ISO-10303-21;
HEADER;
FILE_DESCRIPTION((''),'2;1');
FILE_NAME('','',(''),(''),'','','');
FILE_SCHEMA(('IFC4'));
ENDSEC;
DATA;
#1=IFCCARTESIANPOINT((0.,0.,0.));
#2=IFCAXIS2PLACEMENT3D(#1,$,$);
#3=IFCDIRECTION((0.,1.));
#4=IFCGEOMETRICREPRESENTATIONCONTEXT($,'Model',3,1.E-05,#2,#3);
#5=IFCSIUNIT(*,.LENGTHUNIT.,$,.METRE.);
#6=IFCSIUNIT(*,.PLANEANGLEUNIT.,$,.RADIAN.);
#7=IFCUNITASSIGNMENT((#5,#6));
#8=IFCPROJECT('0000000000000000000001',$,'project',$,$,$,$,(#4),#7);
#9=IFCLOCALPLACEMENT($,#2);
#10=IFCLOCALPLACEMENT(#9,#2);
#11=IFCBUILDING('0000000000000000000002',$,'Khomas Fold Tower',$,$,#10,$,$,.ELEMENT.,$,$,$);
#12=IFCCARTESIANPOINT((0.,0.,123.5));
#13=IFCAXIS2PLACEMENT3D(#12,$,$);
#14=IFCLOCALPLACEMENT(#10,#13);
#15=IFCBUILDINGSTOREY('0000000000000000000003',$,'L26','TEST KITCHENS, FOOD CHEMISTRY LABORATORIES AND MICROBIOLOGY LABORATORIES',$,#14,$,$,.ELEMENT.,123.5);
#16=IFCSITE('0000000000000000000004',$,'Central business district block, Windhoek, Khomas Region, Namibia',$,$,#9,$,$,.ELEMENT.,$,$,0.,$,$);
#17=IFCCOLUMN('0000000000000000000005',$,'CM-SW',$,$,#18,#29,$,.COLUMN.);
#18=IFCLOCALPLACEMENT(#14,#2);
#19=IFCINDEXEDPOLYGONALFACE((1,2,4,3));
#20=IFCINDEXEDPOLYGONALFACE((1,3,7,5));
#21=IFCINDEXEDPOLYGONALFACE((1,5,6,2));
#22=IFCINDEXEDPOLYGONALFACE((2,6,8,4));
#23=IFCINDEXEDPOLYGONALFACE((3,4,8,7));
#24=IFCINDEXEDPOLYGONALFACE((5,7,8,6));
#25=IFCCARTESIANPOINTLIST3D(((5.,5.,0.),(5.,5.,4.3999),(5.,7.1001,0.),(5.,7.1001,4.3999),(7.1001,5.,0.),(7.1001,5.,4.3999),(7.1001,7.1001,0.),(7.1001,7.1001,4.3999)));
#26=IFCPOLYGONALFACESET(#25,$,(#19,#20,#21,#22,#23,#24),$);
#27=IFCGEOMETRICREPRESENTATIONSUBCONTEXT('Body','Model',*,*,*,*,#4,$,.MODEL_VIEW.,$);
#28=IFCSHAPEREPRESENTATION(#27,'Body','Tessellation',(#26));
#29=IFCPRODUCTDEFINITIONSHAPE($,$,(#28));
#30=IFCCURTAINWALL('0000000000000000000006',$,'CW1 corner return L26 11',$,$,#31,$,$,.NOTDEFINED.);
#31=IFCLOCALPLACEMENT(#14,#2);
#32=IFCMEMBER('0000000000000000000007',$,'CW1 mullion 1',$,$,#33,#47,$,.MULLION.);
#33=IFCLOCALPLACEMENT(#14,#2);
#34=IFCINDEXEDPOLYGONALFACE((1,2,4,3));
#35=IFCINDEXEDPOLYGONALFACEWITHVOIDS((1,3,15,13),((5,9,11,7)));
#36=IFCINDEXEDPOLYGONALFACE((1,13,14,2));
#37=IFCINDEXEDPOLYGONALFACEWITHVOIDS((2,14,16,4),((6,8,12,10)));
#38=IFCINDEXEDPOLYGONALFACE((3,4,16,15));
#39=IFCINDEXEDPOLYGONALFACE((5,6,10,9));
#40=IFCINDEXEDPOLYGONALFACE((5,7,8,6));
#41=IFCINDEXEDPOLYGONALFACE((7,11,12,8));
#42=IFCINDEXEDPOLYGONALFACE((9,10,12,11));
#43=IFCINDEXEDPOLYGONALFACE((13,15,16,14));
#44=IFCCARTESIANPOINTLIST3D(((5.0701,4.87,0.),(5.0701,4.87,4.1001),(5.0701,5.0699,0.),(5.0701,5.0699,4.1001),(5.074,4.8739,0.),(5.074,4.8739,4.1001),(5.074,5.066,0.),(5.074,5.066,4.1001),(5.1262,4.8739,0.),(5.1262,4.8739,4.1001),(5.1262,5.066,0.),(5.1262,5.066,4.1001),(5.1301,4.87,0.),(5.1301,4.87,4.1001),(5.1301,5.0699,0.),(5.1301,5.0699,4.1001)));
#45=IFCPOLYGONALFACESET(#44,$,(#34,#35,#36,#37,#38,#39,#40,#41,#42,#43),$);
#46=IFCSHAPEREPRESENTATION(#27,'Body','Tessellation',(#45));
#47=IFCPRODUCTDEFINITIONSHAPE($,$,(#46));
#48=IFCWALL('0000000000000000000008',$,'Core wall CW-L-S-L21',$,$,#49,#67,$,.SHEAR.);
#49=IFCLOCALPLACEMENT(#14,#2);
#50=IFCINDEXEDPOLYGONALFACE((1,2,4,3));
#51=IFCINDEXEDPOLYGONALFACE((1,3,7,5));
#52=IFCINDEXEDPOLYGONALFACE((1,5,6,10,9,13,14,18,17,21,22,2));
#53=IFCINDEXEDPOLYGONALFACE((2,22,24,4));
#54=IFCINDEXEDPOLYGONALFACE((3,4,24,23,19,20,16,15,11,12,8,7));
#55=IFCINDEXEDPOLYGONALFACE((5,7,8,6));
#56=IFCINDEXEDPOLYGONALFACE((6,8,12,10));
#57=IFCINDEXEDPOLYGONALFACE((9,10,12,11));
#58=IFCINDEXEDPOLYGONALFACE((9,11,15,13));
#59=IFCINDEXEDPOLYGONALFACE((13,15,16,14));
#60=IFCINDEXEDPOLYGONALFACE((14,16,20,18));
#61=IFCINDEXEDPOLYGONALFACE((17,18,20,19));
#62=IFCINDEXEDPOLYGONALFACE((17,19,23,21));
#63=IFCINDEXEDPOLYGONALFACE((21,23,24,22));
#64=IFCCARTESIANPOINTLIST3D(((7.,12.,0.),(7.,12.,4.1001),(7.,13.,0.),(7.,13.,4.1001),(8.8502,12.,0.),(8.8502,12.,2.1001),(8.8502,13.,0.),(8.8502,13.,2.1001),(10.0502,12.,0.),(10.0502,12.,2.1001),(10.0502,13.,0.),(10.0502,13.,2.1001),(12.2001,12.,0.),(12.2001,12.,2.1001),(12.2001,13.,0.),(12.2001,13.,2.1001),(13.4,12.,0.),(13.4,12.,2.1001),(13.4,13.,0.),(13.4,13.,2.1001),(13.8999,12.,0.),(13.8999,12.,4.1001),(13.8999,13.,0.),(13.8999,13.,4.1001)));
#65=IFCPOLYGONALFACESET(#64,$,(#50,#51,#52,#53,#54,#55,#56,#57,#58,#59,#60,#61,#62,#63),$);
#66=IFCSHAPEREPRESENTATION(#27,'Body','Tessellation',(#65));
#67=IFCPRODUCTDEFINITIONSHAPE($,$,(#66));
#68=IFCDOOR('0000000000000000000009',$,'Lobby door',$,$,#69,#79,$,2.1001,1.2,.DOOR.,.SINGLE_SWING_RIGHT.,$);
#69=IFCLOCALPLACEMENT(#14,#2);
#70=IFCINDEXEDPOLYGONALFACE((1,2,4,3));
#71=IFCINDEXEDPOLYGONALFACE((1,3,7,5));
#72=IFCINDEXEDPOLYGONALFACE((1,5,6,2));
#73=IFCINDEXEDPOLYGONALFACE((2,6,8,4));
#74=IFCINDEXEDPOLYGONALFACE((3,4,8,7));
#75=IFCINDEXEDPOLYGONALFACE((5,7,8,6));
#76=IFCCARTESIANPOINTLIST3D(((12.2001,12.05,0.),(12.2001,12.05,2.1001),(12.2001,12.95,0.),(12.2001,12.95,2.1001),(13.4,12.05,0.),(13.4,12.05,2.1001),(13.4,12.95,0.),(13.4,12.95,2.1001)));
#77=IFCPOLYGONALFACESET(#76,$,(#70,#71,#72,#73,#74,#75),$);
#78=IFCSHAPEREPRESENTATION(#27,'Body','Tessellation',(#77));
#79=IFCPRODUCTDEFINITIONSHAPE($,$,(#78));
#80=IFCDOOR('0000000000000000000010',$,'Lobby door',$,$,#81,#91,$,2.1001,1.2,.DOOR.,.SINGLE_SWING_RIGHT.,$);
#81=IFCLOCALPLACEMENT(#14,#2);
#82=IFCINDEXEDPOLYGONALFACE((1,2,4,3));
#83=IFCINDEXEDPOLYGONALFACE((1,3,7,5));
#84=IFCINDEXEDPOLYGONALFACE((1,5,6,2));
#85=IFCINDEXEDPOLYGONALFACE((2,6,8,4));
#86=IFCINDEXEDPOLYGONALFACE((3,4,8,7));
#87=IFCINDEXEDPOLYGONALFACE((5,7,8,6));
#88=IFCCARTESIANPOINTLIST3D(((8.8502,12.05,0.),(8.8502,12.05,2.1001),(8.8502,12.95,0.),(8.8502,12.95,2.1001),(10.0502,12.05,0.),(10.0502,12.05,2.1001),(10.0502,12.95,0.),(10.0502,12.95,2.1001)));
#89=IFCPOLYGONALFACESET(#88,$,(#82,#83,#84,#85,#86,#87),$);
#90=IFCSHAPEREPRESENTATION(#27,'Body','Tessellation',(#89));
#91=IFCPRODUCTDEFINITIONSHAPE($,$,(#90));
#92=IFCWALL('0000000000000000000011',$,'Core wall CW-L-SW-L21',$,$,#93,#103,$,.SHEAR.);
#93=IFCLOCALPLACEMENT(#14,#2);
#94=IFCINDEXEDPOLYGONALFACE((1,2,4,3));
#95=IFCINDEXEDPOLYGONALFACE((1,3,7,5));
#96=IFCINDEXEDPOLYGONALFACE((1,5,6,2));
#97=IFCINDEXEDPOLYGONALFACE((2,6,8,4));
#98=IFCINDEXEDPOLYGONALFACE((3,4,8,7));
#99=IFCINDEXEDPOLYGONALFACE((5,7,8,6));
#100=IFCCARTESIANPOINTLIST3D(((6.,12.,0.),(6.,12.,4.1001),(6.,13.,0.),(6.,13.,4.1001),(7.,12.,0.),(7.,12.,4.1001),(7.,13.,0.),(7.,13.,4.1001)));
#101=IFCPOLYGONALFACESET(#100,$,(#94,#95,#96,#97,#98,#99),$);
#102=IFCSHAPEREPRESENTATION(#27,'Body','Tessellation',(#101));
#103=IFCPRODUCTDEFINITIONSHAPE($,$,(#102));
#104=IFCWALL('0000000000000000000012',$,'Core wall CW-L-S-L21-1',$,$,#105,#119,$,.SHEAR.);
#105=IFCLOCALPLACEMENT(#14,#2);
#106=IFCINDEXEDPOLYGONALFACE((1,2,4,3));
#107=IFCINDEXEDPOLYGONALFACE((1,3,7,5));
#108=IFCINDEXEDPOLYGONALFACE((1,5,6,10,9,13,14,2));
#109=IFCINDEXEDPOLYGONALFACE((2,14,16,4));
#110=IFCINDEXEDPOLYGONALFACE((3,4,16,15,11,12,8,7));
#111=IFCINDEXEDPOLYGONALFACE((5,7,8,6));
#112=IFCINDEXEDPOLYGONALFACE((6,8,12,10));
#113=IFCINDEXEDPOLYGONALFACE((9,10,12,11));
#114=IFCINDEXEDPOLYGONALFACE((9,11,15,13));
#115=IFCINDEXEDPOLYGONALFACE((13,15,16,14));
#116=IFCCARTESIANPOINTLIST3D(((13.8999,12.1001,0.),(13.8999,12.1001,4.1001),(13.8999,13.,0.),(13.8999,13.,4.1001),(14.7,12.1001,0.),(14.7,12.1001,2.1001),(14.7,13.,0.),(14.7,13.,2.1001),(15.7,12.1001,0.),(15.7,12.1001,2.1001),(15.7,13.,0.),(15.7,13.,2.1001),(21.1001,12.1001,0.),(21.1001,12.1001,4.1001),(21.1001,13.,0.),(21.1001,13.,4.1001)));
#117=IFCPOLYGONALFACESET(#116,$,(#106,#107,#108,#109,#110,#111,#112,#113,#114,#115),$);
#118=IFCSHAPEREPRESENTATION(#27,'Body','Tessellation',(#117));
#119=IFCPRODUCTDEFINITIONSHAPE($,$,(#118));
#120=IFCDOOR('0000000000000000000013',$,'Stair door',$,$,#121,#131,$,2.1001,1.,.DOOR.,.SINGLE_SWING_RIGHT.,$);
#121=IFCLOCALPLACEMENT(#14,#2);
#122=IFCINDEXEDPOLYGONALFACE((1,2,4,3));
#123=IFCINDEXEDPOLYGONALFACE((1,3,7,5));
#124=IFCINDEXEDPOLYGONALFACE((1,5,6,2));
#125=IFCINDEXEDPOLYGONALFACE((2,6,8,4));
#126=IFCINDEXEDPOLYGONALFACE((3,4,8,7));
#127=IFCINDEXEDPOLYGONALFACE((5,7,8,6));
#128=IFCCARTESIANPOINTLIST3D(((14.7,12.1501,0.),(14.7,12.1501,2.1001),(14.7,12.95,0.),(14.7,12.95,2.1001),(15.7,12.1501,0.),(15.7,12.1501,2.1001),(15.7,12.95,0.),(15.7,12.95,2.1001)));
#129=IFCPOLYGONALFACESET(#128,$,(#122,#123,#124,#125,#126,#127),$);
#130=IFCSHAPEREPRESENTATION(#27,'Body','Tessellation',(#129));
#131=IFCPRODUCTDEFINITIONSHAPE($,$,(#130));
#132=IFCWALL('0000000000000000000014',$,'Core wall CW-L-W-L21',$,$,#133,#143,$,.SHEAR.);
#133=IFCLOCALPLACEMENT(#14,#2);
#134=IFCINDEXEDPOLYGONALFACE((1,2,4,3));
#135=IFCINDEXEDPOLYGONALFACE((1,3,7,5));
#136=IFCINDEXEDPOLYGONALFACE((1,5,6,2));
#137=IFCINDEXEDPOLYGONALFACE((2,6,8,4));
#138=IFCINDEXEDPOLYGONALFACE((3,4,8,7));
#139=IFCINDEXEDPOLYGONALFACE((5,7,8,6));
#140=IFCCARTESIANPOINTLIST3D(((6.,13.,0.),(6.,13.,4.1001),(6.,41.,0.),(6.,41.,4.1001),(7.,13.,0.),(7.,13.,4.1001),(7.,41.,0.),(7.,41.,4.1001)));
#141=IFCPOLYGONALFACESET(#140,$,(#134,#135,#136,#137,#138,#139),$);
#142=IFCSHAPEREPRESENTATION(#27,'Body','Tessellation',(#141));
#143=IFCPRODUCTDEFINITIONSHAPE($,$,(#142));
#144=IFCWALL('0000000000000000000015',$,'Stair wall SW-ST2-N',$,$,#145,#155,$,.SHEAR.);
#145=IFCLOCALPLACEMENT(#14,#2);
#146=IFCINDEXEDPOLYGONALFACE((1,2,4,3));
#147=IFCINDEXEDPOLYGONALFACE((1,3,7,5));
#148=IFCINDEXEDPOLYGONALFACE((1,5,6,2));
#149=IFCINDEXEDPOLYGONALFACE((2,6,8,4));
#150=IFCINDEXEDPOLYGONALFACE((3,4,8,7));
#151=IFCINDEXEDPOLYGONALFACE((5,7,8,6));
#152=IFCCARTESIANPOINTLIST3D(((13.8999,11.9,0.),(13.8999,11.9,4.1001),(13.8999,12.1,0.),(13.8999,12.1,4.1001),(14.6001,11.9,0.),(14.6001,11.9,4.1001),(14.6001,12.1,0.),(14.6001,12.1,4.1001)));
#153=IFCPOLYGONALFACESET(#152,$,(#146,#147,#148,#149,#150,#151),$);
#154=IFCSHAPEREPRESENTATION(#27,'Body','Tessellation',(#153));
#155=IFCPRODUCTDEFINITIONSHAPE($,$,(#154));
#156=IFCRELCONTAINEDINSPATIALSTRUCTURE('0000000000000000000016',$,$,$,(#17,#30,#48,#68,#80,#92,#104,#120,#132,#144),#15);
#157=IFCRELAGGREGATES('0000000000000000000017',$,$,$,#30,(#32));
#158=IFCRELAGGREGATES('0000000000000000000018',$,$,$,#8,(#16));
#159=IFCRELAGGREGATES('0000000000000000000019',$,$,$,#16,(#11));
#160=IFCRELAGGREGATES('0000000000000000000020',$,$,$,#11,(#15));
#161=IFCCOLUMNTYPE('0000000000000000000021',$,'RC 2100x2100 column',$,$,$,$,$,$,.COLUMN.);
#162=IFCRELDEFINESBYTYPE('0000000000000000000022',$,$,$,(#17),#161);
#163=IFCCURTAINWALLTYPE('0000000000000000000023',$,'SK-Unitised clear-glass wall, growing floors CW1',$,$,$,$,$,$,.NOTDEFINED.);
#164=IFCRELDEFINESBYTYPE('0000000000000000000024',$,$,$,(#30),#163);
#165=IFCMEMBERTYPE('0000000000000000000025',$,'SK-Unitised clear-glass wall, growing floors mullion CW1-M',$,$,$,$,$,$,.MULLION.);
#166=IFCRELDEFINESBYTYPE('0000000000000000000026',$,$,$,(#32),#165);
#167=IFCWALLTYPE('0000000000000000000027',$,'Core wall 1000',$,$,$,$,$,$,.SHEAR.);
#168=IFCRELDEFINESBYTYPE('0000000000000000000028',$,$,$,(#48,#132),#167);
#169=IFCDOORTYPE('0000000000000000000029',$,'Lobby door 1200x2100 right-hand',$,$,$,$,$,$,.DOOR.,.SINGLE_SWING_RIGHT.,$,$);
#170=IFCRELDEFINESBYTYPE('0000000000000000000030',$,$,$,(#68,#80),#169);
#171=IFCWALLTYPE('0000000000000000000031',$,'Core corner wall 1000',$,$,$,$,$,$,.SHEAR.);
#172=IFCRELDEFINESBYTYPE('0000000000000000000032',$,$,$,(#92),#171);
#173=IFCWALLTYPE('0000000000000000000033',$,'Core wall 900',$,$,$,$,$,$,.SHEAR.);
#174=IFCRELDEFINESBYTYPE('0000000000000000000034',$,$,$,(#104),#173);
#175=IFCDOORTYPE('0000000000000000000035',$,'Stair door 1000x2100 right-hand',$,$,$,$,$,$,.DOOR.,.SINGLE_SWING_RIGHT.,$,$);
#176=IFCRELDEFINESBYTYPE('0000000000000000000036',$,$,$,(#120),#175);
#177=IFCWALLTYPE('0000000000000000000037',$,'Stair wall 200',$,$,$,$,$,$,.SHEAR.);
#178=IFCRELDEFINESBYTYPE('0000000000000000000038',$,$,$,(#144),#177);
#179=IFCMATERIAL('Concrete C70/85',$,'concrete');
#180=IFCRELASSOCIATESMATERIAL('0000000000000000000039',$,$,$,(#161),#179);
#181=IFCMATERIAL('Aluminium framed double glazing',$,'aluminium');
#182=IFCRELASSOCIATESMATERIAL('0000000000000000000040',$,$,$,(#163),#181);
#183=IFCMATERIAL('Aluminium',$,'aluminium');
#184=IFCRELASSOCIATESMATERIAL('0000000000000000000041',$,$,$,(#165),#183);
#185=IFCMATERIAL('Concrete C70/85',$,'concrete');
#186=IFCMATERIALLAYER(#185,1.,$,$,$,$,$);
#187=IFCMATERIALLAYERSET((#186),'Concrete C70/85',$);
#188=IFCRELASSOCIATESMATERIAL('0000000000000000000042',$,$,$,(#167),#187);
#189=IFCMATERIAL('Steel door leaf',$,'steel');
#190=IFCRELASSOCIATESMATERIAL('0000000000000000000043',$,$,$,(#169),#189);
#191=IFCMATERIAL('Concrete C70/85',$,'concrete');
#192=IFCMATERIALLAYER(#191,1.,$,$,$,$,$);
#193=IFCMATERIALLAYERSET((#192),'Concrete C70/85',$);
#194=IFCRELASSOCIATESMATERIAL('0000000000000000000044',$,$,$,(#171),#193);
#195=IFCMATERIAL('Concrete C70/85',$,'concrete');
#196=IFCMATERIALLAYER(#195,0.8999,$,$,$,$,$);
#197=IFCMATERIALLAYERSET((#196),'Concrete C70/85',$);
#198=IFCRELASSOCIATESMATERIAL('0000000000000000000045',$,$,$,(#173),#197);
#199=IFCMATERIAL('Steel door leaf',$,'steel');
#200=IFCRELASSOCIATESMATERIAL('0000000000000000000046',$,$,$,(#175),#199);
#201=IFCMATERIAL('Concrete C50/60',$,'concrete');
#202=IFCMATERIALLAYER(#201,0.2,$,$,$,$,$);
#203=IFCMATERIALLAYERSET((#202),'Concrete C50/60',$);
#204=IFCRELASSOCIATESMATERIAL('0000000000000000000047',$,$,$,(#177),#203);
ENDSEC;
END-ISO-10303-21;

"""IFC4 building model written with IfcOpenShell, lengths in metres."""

from ifc_helpers import new_model, si_unit, direction, frame, frame_2d, origin, origin_2d, place, context, subcontext, project, spatial, rectangle, hollow_rectangle, extrude, source, transform, mapped, material, layer, layer_set, material_profile, profile_set, type_object, element, fill, aggregate, save


model = new_model("IFC4")

# Units and contexts
model_context = context("Model", 3, precision=1e-05, world=origin(), true_north=direction((0.0, 1.0)))
body_context = subcontext(model_context, "Body", "Model", "MODEL_VIEW")
ifc_project = project(units=[si_unit("LENGTHUNIT", "METRE"), si_unit("PLANEANGLEUNIT", "RADIAN")], contexts=[model_context])

# Site, building, storey
site_placement = place(None, origin())
site = spatial("IfcSite", under=ifc_project, at=site_placement, Name="Central business district block, Windhoek, Khomas Region, Namibia", CompositionType="ELEMENT", RefElevation=0.0)
building_placement = place(site_placement, origin())
building = spatial("IfcBuilding", under=site, at=building_placement, Name="Khomas Fold Tower", CompositionType="ELEMENT")
storey_placement = place(building_placement, frame((0.0, 0.0, 123.5)))
storey = spatial("IfcBuildingStorey", under=building, at=storey_placement, Name="L26", Description="TEST KITCHENS, FOOD CHEMISTRY LABORATORIES AND MICROBIOLOGY LABORATORIES", CompositionType="ELEMENT", Elevation=123.5)

# Column
ifc_material_1 = material(Name="Concrete C70/85", Category="concrete")
ifc_material_profile_1 = material_profile(ifc_material_1, rectangle(XDim=2.1001, YDim=2.1001, at=origin_2d()), Name="RC 2100x2100")
ifc_profile_set_1 = profile_set([ifc_material_profile_1], Name="Concrete C70/85")
column_type = type_object("IfcColumnType", Name="RC 2100x2100 column", PredefinedType="COLUMN", material=ifc_profile_set_1)
shared_shape_1 = source(origin(), body_context, "Body", "SweptSolid", [
    extrude(rectangle(XDim=2.1001, YDim=2.1001, at=origin_2d()), origin(), (0.0, 0.0, 1.0), 4.3999),
])
column_placement = place(storey_placement, frame((6.05, 6.05, 0.0), z_axis=(0.0, 0.0, 1.0), x_axis=(1.0, 0.0, 0.0)))
element("IfcColumn", 1, at=column_placement, inside=storey, type_object=column_type, Name="CM-SW", PredefinedType="COLUMN", context=body_context, shape_type="MappedRepresentation", body=[
    mapped(shared_shape_1, transform((0.0, 0.0, 0.0))),
])

# Curtain wall, member
ifc_material_2 = material(Name="Aluminium framed double glazing", Category="aluminium")
curtain_wall_type = type_object("IfcCurtainWallType", Name="SK-Unitised clear-glass wall, growing floors CW1", PredefinedType="NOTDEFINED", material=ifc_material_2)
curtain_wall_placement = place(storey_placement, origin())
curtain_wall = element("IfcCurtainWall", 2, at=curtain_wall_placement, inside=storey, type_object=curtain_wall_type, Name="CW1 corner return L26 11", PredefinedType="NOTDEFINED")
ifc_material_3 = material(Name="Aluminium", Category="aluminium")
ifc_material_profile_2 = material_profile(ifc_material_3, hollow_rectangle(XDim=0.0601, YDim=0.2, WallThickness=0.0039, at=origin_2d()), Name="SK-Unitised clear-glass wall, growing floors mullion CW1-M")
ifc_profile_set_2 = profile_set([ifc_material_profile_2], Name="Aluminium")
member_type = type_object("IfcMemberType", Name="SK-Unitised clear-glass wall, growing floors mullion CW1-M", PredefinedType="MULLION", material=ifc_profile_set_2)
shared_shape_2 = source(origin(), body_context, "Body", "SweptSolid", [
    extrude(hollow_rectangle(XDim=0.0601, YDim=0.2, WallThickness=0.0039, at=origin_2d()), origin(), (0.0, 0.0, 1.0), 4.1001),
])
member_placement = place(storey_placement, frame((5.1001, 4.97, 0.0), z_axis=(0.0, 0.0, 1.0), x_axis=(1.0, 0.0, 0.0)))
member = element("IfcMember", 3, at=member_placement, type_object=member_type, Name="CW1 mullion 1", PredefinedType="MULLION", context=body_context, shape_type="MappedRepresentation", body=[
    mapped(shared_shape_2, transform((0.0, 0.0, 0.0))),
])
aggregate(curtain_wall, [member])

# Wall, openings, doors
ifc_material_4 = material(Name="Concrete C70/85", Category="concrete")
ifc_layer_1 = layer(ifc_material_4, 1.0)
ifc_layer_set_1 = layer_set([ifc_layer_1], Name="Concrete C70/85")
wall_type_1 = type_object("IfcWallType", Name="Core wall 1000", PredefinedType="SHEAR", material=ifc_layer_set_1)
shared_shape_3 = source(origin(), body_context, "Body", "SweptSolid", [
    extrude(rectangle(XDim=6.8999, YDim=1.0, at=frame_2d((3.45, 0.0))), origin(), (0.0, 0.0, 1.0), 4.1001),
])
wall_1_placement = place(storey_placement, frame((7.0, 12.5, 0.0), z_axis=(0.0, 0.0, 1.0), x_axis=(1.0, 0.0, 0.0)))
wall_1 = element("IfcWall", 4, at=wall_1_placement, inside=storey, type_object=wall_type_1, Name="Core wall CW-L-S-L21", PredefinedType="SHEAR", context=body_context, shape_type="MappedRepresentation", body=[
    mapped(shared_shape_3, transform((0.0, 0.0, 0.0))),
])
shared_shape_4 = source(origin(), body_context, "Body", "SweptSolid", [
    extrude(rectangle(XDim=1.2, YDim=2.1001, at=frame_2d((0.6001, 1.05))), frame((0.0, 0.51, 0.0), z_axis=(0.0, -1.0, 0.0), x_axis=(1.0, 0.0, 0.0)), (0.0, 0.0, 1.0), 1.02),
])
opening_1_placement = place(wall_1_placement, frame((5.2, 0.0, 0.0)))
opening_1 = element("IfcOpeningElement", 5, at=opening_1_placement, cuts=wall_1, PredefinedType="OPENING", context=body_context, shape_type="MappedRepresentation", body=[
    mapped(shared_shape_4, transform((0.0, 0.0, 0.0))),
])
opening_2_placement = place(wall_1_placement, frame((1.8501, 0.0, 0.0)))
opening_2 = element("IfcOpeningElement", 6, at=opening_2_placement, cuts=wall_1, PredefinedType="OPENING", context=body_context, shape_type="MappedRepresentation", body=[
    mapped(shared_shape_4, transform((0.0, 0.0, 0.0))),
])
ifc_material_5 = material(Name="Steel door leaf", Category="steel")
door_type_1 = type_object("IfcDoorType", Name="Lobby door 1200x2100 right-hand", OperationType="SINGLE_SWING_RIGHT", PredefinedType="DOOR", material=ifc_material_5)
shared_shape_5 = source(origin(), body_context, "Body", "SweptSolid", [
    extrude(rectangle(XDim=1.2, YDim=2.1001, at=frame_2d((0.6001, 1.05))), frame((0.0, 0.45, 0.0), z_axis=(0.0, -1.0, 0.0), x_axis=(1.0, 0.0, 0.0)), (0.0, 0.0, 1.0), 0.8999),
])
door_1_placement = place(opening_1_placement, origin())
door_1 = element("IfcDoor", 7, at=door_1_placement, inside=storey, type_object=door_type_1, Name="Lobby door", OperationType="SINGLE_SWING_RIGHT", OverallHeight=2.1001, OverallWidth=1.2, PredefinedType="DOOR", context=body_context, shape_type="MappedRepresentation", body=[
    mapped(shared_shape_5, transform((0.0, 0.0, 0.0))),
])
fill(opening_1, door_1)
door_2_placement = place(opening_2_placement, origin())
door_2 = element("IfcDoor", 8, at=door_2_placement, inside=storey, type_object=door_type_1, Name="Lobby door", OperationType="SINGLE_SWING_RIGHT", OverallHeight=2.1001, OverallWidth=1.2, PredefinedType="DOOR", context=body_context, shape_type="MappedRepresentation", body=[
    mapped(shared_shape_5, transform((0.0, 0.0, 0.0))),
])
fill(opening_2, door_2)

# Wall
ifc_material_6 = material(Name="Concrete C70/85", Category="concrete")
ifc_layer_2 = layer(ifc_material_6, 1.0)
ifc_layer_set_2 = layer_set([ifc_layer_2], Name="Concrete C70/85")
wall_type_2 = type_object("IfcWallType", Name="Core corner wall 1000", PredefinedType="SHEAR", material=ifc_layer_set_2)
shared_shape_6 = source(origin(), body_context, "Body", "SweptSolid", [
    extrude(rectangle(XDim=1.0, YDim=1.0, at=frame_2d((0.5, 0.0))), origin(), (0.0, 0.0, 1.0), 4.1001),
])
wall_2_placement = place(storey_placement, frame((6.0, 12.5, 0.0), z_axis=(0.0, 0.0, 1.0), x_axis=(1.0, 0.0, 0.0)))
element("IfcWall", 9, at=wall_2_placement, inside=storey, type_object=wall_type_2, Name="Core wall CW-L-SW-L21", PredefinedType="SHEAR", context=body_context, shape_type="MappedRepresentation", body=[
    mapped(shared_shape_6, transform((0.0, 0.0, 0.0))),
])

# Wall, opening, door
ifc_material_7 = material(Name="Concrete C70/85", Category="concrete")
ifc_layer_3 = layer(ifc_material_7, 0.8999)
ifc_layer_set_3 = layer_set([ifc_layer_3], Name="Concrete C70/85")
wall_type_3 = type_object("IfcWallType", Name="Core wall 900", PredefinedType="SHEAR", material=ifc_layer_set_3)
shared_shape_7 = source(origin(), body_context, "Body", "SweptSolid", [
    extrude(rectangle(XDim=7.2002, YDim=0.8999, at=frame_2d((3.6001, 0.0))), origin(), (0.0, 0.0, 1.0), 4.1001),
])
wall_3_placement = place(storey_placement, frame((13.8999, 12.55, 0.0), z_axis=(0.0, 0.0, 1.0), x_axis=(1.0, 0.0, 0.0)))
wall_3 = element("IfcWall", 10, at=wall_3_placement, inside=storey, type_object=wall_type_3, Name="Core wall CW-L-S-L21-1", PredefinedType="SHEAR", context=body_context, shape_type="MappedRepresentation", body=[
    mapped(shared_shape_7, transform((0.0, 0.0, 0.0))),
])
shared_shape_8 = source(origin(), body_context, "Body", "SweptSolid", [
    extrude(rectangle(XDim=1.0, YDim=2.1001, at=frame_2d((0.5, 1.05))), frame((0.0, 0.46, 0.0), z_axis=(0.0, -1.0, 0.0), x_axis=(1.0, 0.0, 0.0)), (0.0, 0.0, 1.0), 0.9199),
])
opening_3_placement = place(wall_3_placement, frame((0.8, 0.0, 0.0)))
opening_3 = element("IfcOpeningElement", 11, at=opening_3_placement, cuts=wall_3, PredefinedType="OPENING", context=body_context, shape_type="MappedRepresentation", body=[
    mapped(shared_shape_8, transform((0.0, 0.0, 0.0))),
])
ifc_material_8 = material(Name="Steel door leaf", Category="steel")
door_type_2 = type_object("IfcDoorType", Name="Stair door 1000x2100 right-hand", OperationType="SINGLE_SWING_RIGHT", PredefinedType="DOOR", material=ifc_material_8)
shared_shape_9 = source(origin(), body_context, "Body", "SweptSolid", [
    extrude(rectangle(XDim=1.0, YDim=2.1001, at=frame_2d((0.5, 1.05))), frame((0.0, 0.3999, 0.0), z_axis=(0.0, -1.0, 0.0), x_axis=(1.0, 0.0, 0.0)), (0.0, 0.0, 1.0), 0.7998),
])
door_3_placement = place(opening_3_placement, origin())
door_3 = element("IfcDoor", 12, at=door_3_placement, inside=storey, type_object=door_type_2, Name="Stair door", OperationType="SINGLE_SWING_RIGHT", OverallHeight=2.1001, OverallWidth=1.0, PredefinedType="DOOR", context=body_context, shape_type="MappedRepresentation", body=[
    mapped(shared_shape_9, transform((0.0, 0.0, 0.0))),
])
fill(opening_3, door_3)

# Walls
shared_shape_10 = source(origin(), body_context, "Body", "SweptSolid", [
    extrude(rectangle(XDim=28.0, YDim=1.0, at=frame_2d((14.0, 0.0))), origin(), (0.0, 0.0, 1.0), 4.1001),
])
wall_4_placement = place(storey_placement, frame((6.5, 13.0, 0.0), z_axis=(0.0, 0.0, 1.0), x_axis=(0.0, 1.0, 0.0)))
element("IfcWall", 13, at=wall_4_placement, inside=storey, type_object=wall_type_1, Name="Core wall CW-L-W-L21", PredefinedType="SHEAR", context=body_context, shape_type="MappedRepresentation", body=[
    mapped(shared_shape_10, transform((0.0, 0.0, 0.0))),
])
ifc_material_9 = material(Name="Concrete C50/60", Category="concrete")
ifc_layer_4 = layer(ifc_material_9, 0.2)
ifc_layer_set_4 = layer_set([ifc_layer_4], Name="Concrete C50/60")
wall_type_4 = type_object("IfcWallType", Name="Stair wall 200", PredefinedType="SHEAR", material=ifc_layer_set_4)
shared_shape_11 = source(origin(), body_context, "Body", "SweptSolid", [
    extrude(rectangle(XDim=0.7002, YDim=0.2, at=frame_2d((0.3501, 0.0))), origin(), (0.0, 0.0, 1.0), 4.1001),
])
wall_5_placement = place(storey_placement, frame((13.8999, 12.0, 0.0), z_axis=(0.0, 0.0, 1.0), x_axis=(1.0, 0.0, 0.0)))
element("IfcWall", 14, at=wall_5_placement, inside=storey, type_object=wall_type_4, Name="Stair wall SW-ST2-N", PredefinedType="SHEAR", context=body_context, shape_type="MappedRepresentation", body=[
    mapped(shared_shape_11, transform((0.0, 0.0, 0.0))),
])

save(model, "model.ifc")
